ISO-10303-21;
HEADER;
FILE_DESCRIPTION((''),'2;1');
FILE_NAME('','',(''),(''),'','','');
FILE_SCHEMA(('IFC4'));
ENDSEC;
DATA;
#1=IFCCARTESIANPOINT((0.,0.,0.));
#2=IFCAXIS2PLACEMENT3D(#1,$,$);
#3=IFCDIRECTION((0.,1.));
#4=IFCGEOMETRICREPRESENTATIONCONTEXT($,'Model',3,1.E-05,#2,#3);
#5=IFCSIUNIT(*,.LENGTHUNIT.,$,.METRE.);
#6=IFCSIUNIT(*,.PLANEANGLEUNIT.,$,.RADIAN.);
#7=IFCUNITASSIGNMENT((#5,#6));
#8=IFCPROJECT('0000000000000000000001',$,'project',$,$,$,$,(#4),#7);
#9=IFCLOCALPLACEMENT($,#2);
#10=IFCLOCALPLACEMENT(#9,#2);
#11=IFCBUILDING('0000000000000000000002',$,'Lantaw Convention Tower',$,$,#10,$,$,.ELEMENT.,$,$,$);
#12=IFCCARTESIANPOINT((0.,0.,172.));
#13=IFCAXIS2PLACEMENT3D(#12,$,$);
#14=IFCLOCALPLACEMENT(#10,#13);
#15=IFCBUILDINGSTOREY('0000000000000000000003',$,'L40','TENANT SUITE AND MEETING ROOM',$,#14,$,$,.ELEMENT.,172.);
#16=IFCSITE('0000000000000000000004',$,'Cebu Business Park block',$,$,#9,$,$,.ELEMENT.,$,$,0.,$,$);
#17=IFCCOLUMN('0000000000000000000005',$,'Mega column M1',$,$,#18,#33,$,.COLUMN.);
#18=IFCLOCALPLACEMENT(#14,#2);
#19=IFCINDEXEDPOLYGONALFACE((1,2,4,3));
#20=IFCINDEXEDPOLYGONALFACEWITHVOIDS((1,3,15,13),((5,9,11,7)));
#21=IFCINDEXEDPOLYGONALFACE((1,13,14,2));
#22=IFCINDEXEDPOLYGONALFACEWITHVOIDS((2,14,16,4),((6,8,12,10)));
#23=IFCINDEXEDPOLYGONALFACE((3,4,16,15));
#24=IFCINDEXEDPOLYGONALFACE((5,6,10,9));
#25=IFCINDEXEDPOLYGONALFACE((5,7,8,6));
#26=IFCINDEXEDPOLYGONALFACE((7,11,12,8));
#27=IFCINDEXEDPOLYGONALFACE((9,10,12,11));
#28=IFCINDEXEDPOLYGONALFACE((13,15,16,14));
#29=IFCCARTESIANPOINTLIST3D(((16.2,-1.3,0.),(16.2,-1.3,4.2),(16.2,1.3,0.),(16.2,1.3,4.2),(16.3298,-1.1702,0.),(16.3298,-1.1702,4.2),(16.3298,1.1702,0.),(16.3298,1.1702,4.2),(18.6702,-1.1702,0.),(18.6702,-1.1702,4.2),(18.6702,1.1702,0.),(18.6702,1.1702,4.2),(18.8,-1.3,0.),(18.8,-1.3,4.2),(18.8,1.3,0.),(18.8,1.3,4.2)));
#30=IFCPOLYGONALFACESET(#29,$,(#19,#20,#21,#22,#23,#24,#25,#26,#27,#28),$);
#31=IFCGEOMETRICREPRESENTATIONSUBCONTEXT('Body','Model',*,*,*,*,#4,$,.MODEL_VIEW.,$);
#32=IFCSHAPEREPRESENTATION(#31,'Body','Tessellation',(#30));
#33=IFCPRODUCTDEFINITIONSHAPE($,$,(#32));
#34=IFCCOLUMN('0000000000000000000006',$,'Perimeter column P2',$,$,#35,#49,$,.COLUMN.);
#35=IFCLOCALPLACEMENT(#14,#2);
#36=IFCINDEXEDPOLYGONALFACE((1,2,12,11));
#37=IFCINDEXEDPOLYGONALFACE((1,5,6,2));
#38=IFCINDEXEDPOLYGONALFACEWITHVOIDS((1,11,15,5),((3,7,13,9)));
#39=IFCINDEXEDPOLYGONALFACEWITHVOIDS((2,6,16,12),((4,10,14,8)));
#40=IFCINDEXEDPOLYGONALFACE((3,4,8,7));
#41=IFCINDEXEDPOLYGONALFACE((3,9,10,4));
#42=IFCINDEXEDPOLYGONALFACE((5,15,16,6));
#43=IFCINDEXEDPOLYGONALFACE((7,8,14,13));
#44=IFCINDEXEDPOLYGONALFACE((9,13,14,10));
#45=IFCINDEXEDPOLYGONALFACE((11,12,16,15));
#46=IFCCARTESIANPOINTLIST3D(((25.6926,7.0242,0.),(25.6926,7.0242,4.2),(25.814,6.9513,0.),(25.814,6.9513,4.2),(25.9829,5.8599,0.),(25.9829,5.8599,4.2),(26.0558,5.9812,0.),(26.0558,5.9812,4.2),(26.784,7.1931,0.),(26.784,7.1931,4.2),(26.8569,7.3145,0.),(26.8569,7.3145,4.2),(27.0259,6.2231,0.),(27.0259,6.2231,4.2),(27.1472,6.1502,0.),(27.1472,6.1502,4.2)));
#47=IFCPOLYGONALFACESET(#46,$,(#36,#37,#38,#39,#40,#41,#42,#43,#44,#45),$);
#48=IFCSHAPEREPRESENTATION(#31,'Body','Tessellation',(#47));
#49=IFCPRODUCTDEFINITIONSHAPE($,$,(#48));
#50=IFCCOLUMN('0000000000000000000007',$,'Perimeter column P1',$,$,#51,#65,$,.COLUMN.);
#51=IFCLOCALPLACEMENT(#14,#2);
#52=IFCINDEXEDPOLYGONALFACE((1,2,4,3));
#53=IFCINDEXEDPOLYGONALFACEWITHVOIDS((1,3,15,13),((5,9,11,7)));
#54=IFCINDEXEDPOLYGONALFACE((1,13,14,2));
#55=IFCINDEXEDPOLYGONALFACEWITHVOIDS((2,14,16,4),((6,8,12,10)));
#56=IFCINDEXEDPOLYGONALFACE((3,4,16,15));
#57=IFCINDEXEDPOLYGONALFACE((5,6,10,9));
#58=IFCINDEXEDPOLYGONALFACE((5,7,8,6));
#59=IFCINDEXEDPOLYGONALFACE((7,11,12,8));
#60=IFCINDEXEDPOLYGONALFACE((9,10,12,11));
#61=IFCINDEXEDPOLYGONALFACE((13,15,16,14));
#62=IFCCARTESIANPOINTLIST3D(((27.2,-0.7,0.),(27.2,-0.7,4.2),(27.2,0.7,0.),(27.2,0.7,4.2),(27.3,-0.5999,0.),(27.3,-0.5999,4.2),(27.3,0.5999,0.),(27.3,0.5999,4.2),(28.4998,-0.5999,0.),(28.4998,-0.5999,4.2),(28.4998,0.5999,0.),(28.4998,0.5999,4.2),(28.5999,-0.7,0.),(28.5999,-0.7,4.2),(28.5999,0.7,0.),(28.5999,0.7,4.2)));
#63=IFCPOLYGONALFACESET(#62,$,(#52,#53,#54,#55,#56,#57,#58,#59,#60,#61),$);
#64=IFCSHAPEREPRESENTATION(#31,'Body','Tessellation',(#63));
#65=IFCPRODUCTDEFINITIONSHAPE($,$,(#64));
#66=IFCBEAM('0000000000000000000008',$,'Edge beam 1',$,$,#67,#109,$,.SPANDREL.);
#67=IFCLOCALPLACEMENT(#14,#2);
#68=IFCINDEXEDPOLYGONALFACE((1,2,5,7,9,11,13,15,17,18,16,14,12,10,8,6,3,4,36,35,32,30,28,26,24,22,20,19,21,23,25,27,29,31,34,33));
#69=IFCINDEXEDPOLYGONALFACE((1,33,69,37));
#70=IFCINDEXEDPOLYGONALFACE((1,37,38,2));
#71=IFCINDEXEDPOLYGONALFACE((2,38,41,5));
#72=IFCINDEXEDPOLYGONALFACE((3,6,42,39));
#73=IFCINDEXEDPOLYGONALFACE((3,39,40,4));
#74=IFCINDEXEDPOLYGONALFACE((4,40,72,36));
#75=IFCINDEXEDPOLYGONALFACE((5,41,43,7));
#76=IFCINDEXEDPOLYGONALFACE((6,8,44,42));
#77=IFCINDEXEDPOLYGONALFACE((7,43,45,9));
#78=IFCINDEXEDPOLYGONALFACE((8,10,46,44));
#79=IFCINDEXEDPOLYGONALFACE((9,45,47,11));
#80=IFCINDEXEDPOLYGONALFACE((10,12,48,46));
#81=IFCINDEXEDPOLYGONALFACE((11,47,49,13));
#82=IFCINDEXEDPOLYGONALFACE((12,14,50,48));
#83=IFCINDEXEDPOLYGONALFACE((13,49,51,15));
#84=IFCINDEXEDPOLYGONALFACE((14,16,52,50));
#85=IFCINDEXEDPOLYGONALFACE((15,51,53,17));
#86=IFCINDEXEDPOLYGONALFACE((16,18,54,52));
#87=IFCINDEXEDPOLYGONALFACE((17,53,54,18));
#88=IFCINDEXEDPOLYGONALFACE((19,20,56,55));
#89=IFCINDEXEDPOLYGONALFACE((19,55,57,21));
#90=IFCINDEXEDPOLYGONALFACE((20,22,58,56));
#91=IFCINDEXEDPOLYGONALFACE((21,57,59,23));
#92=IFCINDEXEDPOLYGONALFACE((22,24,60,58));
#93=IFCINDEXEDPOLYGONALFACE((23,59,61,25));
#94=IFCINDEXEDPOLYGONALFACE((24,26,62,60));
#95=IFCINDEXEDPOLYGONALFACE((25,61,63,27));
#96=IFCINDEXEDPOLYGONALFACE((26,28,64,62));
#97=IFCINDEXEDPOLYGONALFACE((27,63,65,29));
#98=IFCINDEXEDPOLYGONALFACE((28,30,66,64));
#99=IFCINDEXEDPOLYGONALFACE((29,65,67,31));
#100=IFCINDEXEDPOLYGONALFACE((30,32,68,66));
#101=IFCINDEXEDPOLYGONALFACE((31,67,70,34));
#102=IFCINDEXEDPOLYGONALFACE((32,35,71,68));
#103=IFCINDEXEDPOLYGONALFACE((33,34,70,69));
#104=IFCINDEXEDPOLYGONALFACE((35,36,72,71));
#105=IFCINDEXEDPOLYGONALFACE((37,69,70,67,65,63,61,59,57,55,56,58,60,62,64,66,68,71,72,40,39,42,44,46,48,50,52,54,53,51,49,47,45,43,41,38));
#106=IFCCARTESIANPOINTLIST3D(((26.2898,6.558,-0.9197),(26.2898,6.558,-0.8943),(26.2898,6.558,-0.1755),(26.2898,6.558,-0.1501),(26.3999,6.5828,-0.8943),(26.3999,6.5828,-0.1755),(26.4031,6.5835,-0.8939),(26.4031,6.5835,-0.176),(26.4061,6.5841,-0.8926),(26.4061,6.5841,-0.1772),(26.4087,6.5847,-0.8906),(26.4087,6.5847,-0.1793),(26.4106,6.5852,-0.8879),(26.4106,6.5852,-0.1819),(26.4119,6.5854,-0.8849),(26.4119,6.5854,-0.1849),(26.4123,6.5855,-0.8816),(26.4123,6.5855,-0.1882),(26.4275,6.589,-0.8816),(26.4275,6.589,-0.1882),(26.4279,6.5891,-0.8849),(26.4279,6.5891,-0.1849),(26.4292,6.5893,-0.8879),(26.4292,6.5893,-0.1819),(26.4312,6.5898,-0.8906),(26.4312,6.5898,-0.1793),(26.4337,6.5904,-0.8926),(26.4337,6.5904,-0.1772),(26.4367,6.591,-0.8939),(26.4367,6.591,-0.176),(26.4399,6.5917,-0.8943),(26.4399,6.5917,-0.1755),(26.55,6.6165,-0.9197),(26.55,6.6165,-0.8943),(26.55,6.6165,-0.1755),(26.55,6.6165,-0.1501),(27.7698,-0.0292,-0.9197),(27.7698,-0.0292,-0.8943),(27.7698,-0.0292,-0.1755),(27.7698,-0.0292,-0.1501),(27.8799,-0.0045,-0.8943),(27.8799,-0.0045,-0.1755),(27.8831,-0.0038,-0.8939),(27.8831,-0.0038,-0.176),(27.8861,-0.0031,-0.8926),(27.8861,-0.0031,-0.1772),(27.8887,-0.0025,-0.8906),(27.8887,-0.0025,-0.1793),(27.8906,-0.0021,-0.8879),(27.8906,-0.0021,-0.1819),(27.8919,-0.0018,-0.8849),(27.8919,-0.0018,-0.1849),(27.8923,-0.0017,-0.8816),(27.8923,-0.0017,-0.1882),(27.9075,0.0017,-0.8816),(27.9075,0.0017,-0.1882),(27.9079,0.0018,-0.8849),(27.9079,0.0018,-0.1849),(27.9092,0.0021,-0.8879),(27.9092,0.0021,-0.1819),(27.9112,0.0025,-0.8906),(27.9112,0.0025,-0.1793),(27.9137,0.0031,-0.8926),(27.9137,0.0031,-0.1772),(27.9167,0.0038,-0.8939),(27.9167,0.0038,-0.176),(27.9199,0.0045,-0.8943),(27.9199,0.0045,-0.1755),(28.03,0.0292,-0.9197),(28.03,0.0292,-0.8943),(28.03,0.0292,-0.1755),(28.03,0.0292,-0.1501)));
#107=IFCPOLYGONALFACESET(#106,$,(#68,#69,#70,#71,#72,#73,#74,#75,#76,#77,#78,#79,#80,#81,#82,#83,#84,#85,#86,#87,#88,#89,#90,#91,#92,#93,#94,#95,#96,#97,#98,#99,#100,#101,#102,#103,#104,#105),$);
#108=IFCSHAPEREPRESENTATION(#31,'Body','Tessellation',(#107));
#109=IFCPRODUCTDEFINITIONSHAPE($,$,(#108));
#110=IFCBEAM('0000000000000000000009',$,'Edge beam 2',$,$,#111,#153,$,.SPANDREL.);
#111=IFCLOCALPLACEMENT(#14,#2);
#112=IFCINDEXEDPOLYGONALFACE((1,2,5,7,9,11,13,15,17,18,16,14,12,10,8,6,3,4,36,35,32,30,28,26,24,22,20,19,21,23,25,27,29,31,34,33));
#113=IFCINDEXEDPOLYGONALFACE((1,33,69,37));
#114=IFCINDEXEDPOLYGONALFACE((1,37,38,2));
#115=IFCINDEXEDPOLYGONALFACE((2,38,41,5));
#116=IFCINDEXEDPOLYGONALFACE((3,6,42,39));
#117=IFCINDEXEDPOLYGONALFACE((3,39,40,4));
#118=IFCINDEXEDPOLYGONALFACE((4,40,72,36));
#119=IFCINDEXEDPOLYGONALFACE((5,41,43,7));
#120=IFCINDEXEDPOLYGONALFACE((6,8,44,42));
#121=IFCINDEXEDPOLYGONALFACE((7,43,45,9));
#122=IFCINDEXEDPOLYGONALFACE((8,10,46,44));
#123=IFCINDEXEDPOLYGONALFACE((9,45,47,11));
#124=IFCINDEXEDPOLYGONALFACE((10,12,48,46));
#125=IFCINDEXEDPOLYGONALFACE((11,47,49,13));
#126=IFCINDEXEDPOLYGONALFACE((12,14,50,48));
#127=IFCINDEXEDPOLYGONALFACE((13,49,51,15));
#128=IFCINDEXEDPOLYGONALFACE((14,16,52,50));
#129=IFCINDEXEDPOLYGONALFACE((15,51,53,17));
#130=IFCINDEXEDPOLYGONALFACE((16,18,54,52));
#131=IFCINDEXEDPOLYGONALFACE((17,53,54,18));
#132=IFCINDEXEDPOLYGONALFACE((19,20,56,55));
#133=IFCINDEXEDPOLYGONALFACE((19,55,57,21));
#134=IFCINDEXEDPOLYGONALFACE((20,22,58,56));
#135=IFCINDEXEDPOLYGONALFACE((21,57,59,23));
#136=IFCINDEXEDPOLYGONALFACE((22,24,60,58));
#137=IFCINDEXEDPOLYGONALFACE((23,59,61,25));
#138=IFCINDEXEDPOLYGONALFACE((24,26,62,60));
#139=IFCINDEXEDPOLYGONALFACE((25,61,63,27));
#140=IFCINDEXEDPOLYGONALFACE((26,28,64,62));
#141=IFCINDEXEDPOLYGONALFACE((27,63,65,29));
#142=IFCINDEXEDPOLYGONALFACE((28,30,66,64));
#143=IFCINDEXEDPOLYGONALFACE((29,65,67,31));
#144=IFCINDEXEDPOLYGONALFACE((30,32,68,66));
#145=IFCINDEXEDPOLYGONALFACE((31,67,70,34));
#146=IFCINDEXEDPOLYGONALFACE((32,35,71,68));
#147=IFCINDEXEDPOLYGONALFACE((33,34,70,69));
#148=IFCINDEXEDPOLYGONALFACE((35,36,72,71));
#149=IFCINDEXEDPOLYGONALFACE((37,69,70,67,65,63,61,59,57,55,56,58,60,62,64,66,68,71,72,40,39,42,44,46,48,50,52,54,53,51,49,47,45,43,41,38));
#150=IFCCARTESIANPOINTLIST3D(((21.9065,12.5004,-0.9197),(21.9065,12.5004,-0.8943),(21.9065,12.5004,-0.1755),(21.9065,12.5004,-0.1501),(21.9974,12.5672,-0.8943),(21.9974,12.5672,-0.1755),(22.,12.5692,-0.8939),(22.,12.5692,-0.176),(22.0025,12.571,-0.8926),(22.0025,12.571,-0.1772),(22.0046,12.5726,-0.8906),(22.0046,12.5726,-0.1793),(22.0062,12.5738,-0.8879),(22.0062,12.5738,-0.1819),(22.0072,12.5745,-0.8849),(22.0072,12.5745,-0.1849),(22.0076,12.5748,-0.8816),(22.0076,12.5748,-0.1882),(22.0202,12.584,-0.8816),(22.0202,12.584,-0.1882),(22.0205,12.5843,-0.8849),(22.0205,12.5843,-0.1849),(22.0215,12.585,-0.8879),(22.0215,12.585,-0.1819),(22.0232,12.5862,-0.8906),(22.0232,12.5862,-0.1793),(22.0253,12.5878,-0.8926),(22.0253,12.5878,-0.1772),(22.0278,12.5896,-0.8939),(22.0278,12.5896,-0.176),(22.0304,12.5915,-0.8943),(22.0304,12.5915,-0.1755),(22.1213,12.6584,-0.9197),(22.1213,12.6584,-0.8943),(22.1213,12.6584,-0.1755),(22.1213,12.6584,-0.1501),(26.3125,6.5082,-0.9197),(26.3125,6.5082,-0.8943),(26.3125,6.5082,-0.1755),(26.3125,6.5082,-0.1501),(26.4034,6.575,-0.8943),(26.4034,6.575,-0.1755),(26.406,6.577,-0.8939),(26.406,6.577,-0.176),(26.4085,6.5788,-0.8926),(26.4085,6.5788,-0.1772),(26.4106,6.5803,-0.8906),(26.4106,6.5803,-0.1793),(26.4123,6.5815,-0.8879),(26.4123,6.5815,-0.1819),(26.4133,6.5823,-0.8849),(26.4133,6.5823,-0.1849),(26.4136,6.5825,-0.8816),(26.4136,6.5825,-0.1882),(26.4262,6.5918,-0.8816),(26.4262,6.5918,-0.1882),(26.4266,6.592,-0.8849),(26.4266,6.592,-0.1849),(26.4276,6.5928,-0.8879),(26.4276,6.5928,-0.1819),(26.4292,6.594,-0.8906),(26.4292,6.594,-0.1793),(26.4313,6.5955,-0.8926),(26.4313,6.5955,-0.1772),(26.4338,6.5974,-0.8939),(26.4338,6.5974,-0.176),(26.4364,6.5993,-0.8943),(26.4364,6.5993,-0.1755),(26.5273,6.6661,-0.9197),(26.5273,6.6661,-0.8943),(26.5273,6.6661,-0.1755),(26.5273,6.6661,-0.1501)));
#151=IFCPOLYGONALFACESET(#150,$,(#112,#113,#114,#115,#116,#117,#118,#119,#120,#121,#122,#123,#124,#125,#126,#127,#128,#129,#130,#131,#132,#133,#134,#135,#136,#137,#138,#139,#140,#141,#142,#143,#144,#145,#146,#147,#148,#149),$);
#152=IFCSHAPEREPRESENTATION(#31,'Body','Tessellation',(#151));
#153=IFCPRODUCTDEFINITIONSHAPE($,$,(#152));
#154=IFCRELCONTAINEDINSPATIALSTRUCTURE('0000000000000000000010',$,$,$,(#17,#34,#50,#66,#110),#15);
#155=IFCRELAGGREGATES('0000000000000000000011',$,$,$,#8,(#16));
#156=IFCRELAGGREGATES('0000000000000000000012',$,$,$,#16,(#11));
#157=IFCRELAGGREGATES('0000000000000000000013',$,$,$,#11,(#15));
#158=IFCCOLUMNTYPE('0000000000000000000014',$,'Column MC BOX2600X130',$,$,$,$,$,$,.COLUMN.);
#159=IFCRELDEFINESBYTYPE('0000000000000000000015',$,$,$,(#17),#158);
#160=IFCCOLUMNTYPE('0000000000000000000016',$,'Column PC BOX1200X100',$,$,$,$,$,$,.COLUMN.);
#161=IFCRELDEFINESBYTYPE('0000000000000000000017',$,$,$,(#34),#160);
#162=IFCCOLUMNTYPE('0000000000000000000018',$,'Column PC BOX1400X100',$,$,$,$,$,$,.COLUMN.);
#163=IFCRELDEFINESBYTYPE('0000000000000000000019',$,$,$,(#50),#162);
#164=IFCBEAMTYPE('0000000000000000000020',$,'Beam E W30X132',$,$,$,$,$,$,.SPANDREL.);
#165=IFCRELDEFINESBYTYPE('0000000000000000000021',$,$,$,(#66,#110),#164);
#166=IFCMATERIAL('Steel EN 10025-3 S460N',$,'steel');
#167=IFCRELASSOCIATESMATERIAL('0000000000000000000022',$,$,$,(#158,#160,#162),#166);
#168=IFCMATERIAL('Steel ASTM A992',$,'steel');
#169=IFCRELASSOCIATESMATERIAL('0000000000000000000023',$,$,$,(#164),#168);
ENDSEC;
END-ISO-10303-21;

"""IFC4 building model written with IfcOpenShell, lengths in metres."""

from ifc_helpers import new_model, si_unit, direction, frame, origin, origin_2d, place, context, subcontext, project, spatial, rectangle, hollow_rectangle, i_section, extrude, material, material_profile, profile_set, type_object, element, save


model = new_model("IFC4")

# Units and contexts
model_context = context("Model", 3, precision=1e-05, world=origin(), true_north=direction((0.0, 1.0)))
body_context = subcontext(model_context, "Body", "Model", "MODEL_VIEW")
ifc_project = project(units=[si_unit("LENGTHUNIT", "METRE"), si_unit("PLANEANGLEUNIT", "RADIAN")], contexts=[model_context])

# Site, building, storey
site_placement = place(None, origin())
site = spatial("IfcSite", under=ifc_project, at=site_placement, Name="Cebu Business Park block", CompositionType="ELEMENT", RefElevation=0.0)
building_placement = place(site_placement, origin())
building = spatial("IfcBuilding", under=site, at=building_placement, Name="Lantaw Convention Tower", CompositionType="ELEMENT")
storey_placement = place(building_placement, frame((0.0, 0.0, 172.0)))
storey = spatial("IfcBuildingStorey", under=building, at=storey_placement, Name="L40", Description="TENANT SUITE AND MEETING ROOM", CompositionType="ELEMENT", Elevation=172.0)

# Columns
ifc_material_1 = material(Name="Steel EN 10025-3 S460N", Category="steel")
ifc_material_profile_1 = material_profile(ifc_material_1, hollow_rectangle(XDim=2.6001, YDim=2.6001, WallThickness=0.1299, at=origin_2d()), Name="BOX2600X130")
ifc_material_2 = material(Name="Concrete C60/75", Category="concrete")
ifc_material_profile_2 = material_profile(ifc_material_2, rectangle(XDim=2.3401, YDim=2.3401, at=origin_2d()), Name="Concrete fill of BOX2600X130")
ifc_profile_set_1 = profile_set([ifc_material_profile_1, ifc_material_profile_2], Name="Steel EN 10025-3 S460N")
column_type_1 = type_object("IfcColumnType", Name="Column MC BOX2600X130", PredefinedType="COLUMN", material=ifc_profile_set_1)
column_1_placement = place(storey_placement, frame((17.5, 0.0, 0.0), z_axis=(0.0, 0.0, 1.0), x_axis=(1.0, 0.0, 0.0)))
element("IfcColumn", 1, at=column_1_placement, inside=storey, type_object=column_type_1, Name="Mega column M1", PredefinedType="COLUMN", context=body_context, shape_type="SweptSolid", body=[
    extrude(hollow_rectangle(XDim=2.6001, YDim=2.6001, WallThickness=0.1299, at=origin_2d()), origin(), (0.0, 0.0, 1.0), 4.2),
])
ifc_material_profile_3 = material_profile(ifc_material_1, hollow_rectangle(XDim=1.2, YDim=1.2, WallThickness=0.1001, at=origin_2d()), Name="BOX1200X100")
ifc_material_profile_4 = material_profile(ifc_material_2, rectangle(XDim=1.0, YDim=1.0, at=origin_2d()), Name="Concrete fill of BOX1200X100")
ifc_profile_set_2 = profile_set([ifc_material_profile_3, ifc_material_profile_4], Name="Steel EN 10025-3 S460N")
column_type_2 = type_object("IfcColumnType", Name="Column PC BOX1200X100", PredefinedType="COLUMN", material=ifc_profile_set_2)
column_2_placement = place(storey_placement, frame((26.4199, 6.5872, 0.0), z_axis=(0.0, 0.0, 1.0), x_axis=(0.970296, 0.241922, 0.0)))
element("IfcColumn", 2, at=column_2_placement, inside=storey, type_object=column_type_2, Name="Perimeter column P2", PredefinedType="COLUMN", context=body_context, shape_type="SweptSolid", body=[
    extrude(hollow_rectangle(XDim=1.2, YDim=1.2, WallThickness=0.1001, at=origin_2d()), origin(), (0.0, 0.0, 1.0), 4.2),
])
ifc_material_profile_5 = material_profile(ifc_material_1, hollow_rectangle(XDim=1.3999, YDim=1.3999, WallThickness=0.1001, at=origin_2d()), Name="BOX1400X100")
ifc_material_profile_6 = material_profile(ifc_material_2, rectangle(XDim=1.2, YDim=1.2, at=origin_2d()), Name="Concrete fill of BOX1400X100")
ifc_profile_set_3 = profile_set([ifc_material_profile_5, ifc_material_profile_6], Name="Steel EN 10025-3 S460N")
column_type_3 = type_object("IfcColumnType", Name="Column PC BOX1400X100", PredefinedType="COLUMN", material=ifc_profile_set_3)
column_3_placement = place(storey_placement, frame((27.8999, 0.0, 0.0), z_axis=(0.0, 0.0, 1.0), x_axis=(1.0, 0.0, 0.0)))
element("IfcColumn", 3, at=column_3_placement, inside=storey, type_object=column_type_3, Name="Perimeter column P1", PredefinedType="COLUMN", context=body_context, shape_type="SweptSolid", body=[
    extrude(hollow_rectangle(XDim=1.3999, YDim=1.3999, WallThickness=0.1001, at=origin_2d()), origin(), (0.0, 0.0, 1.0), 4.2),
])

# Beams
ifc_material_3 = material(Name="Steel ASTM A992", Category="steel")
ifc_material_profile_7 = material_profile(ifc_material_3, i_section(OverallWidth=0.2666, OverallDepth=0.7695, WebThickness=0.0156, FlangeThickness=0.0254, FilletRadius=0.0127, at=origin_2d()), Name="W30X132")
ifc_profile_set_4 = profile_set([ifc_material_profile_7], Name="Steel ASTM A992")
beam_type_1 = type_object("IfcBeamType", Name="Beam E W30X132", PredefinedType="SPANDREL", material=ifc_profile_set_4)
beam_1_placement = place(storey_placement, frame((27.8999, 0.0, -0.5349), z_axis=(-0.219212, 0.975677, 0.0), x_axis=(-0.975677, -0.219212, 0.0)))
element("IfcBeam", 4, at=beam_1_placement, inside=storey, type_object=beam_type_1, Name="Edge beam 1", PredefinedType="SPANDREL", context=body_context, shape_type="SweptSolid", body=[
    extrude(i_section(OverallWidth=0.2666, OverallDepth=0.7695, WebThickness=0.0156, FlangeThickness=0.0254, FilletRadius=0.0127, at=origin_2d()), origin(), (0.0, 0.0, 1.0), 6.7515),
])
beam_2_placement = place(storey_placement, frame((26.4199, 6.5872, -0.5349), z_axis=(-0.592389, 0.805652, 0.0), x_axis=(-0.805652, -0.592389, 0.0)))
element("IfcBeam", 5, at=beam_2_placement, inside=storey, type_object=beam_type_1, Name="Edge beam 2", PredefinedType="SPANDREL", context=body_context, shape_type="SweptSolid", body=[
    extrude(i_section(OverallWidth=0.2666, OverallDepth=0.7695, WebThickness=0.0156, FlangeThickness=0.0254, FilletRadius=0.0127, at=origin_2d()), origin(), (0.0, 0.0, 1.0), 7.4377),
])

save(model, "model.ifc")
